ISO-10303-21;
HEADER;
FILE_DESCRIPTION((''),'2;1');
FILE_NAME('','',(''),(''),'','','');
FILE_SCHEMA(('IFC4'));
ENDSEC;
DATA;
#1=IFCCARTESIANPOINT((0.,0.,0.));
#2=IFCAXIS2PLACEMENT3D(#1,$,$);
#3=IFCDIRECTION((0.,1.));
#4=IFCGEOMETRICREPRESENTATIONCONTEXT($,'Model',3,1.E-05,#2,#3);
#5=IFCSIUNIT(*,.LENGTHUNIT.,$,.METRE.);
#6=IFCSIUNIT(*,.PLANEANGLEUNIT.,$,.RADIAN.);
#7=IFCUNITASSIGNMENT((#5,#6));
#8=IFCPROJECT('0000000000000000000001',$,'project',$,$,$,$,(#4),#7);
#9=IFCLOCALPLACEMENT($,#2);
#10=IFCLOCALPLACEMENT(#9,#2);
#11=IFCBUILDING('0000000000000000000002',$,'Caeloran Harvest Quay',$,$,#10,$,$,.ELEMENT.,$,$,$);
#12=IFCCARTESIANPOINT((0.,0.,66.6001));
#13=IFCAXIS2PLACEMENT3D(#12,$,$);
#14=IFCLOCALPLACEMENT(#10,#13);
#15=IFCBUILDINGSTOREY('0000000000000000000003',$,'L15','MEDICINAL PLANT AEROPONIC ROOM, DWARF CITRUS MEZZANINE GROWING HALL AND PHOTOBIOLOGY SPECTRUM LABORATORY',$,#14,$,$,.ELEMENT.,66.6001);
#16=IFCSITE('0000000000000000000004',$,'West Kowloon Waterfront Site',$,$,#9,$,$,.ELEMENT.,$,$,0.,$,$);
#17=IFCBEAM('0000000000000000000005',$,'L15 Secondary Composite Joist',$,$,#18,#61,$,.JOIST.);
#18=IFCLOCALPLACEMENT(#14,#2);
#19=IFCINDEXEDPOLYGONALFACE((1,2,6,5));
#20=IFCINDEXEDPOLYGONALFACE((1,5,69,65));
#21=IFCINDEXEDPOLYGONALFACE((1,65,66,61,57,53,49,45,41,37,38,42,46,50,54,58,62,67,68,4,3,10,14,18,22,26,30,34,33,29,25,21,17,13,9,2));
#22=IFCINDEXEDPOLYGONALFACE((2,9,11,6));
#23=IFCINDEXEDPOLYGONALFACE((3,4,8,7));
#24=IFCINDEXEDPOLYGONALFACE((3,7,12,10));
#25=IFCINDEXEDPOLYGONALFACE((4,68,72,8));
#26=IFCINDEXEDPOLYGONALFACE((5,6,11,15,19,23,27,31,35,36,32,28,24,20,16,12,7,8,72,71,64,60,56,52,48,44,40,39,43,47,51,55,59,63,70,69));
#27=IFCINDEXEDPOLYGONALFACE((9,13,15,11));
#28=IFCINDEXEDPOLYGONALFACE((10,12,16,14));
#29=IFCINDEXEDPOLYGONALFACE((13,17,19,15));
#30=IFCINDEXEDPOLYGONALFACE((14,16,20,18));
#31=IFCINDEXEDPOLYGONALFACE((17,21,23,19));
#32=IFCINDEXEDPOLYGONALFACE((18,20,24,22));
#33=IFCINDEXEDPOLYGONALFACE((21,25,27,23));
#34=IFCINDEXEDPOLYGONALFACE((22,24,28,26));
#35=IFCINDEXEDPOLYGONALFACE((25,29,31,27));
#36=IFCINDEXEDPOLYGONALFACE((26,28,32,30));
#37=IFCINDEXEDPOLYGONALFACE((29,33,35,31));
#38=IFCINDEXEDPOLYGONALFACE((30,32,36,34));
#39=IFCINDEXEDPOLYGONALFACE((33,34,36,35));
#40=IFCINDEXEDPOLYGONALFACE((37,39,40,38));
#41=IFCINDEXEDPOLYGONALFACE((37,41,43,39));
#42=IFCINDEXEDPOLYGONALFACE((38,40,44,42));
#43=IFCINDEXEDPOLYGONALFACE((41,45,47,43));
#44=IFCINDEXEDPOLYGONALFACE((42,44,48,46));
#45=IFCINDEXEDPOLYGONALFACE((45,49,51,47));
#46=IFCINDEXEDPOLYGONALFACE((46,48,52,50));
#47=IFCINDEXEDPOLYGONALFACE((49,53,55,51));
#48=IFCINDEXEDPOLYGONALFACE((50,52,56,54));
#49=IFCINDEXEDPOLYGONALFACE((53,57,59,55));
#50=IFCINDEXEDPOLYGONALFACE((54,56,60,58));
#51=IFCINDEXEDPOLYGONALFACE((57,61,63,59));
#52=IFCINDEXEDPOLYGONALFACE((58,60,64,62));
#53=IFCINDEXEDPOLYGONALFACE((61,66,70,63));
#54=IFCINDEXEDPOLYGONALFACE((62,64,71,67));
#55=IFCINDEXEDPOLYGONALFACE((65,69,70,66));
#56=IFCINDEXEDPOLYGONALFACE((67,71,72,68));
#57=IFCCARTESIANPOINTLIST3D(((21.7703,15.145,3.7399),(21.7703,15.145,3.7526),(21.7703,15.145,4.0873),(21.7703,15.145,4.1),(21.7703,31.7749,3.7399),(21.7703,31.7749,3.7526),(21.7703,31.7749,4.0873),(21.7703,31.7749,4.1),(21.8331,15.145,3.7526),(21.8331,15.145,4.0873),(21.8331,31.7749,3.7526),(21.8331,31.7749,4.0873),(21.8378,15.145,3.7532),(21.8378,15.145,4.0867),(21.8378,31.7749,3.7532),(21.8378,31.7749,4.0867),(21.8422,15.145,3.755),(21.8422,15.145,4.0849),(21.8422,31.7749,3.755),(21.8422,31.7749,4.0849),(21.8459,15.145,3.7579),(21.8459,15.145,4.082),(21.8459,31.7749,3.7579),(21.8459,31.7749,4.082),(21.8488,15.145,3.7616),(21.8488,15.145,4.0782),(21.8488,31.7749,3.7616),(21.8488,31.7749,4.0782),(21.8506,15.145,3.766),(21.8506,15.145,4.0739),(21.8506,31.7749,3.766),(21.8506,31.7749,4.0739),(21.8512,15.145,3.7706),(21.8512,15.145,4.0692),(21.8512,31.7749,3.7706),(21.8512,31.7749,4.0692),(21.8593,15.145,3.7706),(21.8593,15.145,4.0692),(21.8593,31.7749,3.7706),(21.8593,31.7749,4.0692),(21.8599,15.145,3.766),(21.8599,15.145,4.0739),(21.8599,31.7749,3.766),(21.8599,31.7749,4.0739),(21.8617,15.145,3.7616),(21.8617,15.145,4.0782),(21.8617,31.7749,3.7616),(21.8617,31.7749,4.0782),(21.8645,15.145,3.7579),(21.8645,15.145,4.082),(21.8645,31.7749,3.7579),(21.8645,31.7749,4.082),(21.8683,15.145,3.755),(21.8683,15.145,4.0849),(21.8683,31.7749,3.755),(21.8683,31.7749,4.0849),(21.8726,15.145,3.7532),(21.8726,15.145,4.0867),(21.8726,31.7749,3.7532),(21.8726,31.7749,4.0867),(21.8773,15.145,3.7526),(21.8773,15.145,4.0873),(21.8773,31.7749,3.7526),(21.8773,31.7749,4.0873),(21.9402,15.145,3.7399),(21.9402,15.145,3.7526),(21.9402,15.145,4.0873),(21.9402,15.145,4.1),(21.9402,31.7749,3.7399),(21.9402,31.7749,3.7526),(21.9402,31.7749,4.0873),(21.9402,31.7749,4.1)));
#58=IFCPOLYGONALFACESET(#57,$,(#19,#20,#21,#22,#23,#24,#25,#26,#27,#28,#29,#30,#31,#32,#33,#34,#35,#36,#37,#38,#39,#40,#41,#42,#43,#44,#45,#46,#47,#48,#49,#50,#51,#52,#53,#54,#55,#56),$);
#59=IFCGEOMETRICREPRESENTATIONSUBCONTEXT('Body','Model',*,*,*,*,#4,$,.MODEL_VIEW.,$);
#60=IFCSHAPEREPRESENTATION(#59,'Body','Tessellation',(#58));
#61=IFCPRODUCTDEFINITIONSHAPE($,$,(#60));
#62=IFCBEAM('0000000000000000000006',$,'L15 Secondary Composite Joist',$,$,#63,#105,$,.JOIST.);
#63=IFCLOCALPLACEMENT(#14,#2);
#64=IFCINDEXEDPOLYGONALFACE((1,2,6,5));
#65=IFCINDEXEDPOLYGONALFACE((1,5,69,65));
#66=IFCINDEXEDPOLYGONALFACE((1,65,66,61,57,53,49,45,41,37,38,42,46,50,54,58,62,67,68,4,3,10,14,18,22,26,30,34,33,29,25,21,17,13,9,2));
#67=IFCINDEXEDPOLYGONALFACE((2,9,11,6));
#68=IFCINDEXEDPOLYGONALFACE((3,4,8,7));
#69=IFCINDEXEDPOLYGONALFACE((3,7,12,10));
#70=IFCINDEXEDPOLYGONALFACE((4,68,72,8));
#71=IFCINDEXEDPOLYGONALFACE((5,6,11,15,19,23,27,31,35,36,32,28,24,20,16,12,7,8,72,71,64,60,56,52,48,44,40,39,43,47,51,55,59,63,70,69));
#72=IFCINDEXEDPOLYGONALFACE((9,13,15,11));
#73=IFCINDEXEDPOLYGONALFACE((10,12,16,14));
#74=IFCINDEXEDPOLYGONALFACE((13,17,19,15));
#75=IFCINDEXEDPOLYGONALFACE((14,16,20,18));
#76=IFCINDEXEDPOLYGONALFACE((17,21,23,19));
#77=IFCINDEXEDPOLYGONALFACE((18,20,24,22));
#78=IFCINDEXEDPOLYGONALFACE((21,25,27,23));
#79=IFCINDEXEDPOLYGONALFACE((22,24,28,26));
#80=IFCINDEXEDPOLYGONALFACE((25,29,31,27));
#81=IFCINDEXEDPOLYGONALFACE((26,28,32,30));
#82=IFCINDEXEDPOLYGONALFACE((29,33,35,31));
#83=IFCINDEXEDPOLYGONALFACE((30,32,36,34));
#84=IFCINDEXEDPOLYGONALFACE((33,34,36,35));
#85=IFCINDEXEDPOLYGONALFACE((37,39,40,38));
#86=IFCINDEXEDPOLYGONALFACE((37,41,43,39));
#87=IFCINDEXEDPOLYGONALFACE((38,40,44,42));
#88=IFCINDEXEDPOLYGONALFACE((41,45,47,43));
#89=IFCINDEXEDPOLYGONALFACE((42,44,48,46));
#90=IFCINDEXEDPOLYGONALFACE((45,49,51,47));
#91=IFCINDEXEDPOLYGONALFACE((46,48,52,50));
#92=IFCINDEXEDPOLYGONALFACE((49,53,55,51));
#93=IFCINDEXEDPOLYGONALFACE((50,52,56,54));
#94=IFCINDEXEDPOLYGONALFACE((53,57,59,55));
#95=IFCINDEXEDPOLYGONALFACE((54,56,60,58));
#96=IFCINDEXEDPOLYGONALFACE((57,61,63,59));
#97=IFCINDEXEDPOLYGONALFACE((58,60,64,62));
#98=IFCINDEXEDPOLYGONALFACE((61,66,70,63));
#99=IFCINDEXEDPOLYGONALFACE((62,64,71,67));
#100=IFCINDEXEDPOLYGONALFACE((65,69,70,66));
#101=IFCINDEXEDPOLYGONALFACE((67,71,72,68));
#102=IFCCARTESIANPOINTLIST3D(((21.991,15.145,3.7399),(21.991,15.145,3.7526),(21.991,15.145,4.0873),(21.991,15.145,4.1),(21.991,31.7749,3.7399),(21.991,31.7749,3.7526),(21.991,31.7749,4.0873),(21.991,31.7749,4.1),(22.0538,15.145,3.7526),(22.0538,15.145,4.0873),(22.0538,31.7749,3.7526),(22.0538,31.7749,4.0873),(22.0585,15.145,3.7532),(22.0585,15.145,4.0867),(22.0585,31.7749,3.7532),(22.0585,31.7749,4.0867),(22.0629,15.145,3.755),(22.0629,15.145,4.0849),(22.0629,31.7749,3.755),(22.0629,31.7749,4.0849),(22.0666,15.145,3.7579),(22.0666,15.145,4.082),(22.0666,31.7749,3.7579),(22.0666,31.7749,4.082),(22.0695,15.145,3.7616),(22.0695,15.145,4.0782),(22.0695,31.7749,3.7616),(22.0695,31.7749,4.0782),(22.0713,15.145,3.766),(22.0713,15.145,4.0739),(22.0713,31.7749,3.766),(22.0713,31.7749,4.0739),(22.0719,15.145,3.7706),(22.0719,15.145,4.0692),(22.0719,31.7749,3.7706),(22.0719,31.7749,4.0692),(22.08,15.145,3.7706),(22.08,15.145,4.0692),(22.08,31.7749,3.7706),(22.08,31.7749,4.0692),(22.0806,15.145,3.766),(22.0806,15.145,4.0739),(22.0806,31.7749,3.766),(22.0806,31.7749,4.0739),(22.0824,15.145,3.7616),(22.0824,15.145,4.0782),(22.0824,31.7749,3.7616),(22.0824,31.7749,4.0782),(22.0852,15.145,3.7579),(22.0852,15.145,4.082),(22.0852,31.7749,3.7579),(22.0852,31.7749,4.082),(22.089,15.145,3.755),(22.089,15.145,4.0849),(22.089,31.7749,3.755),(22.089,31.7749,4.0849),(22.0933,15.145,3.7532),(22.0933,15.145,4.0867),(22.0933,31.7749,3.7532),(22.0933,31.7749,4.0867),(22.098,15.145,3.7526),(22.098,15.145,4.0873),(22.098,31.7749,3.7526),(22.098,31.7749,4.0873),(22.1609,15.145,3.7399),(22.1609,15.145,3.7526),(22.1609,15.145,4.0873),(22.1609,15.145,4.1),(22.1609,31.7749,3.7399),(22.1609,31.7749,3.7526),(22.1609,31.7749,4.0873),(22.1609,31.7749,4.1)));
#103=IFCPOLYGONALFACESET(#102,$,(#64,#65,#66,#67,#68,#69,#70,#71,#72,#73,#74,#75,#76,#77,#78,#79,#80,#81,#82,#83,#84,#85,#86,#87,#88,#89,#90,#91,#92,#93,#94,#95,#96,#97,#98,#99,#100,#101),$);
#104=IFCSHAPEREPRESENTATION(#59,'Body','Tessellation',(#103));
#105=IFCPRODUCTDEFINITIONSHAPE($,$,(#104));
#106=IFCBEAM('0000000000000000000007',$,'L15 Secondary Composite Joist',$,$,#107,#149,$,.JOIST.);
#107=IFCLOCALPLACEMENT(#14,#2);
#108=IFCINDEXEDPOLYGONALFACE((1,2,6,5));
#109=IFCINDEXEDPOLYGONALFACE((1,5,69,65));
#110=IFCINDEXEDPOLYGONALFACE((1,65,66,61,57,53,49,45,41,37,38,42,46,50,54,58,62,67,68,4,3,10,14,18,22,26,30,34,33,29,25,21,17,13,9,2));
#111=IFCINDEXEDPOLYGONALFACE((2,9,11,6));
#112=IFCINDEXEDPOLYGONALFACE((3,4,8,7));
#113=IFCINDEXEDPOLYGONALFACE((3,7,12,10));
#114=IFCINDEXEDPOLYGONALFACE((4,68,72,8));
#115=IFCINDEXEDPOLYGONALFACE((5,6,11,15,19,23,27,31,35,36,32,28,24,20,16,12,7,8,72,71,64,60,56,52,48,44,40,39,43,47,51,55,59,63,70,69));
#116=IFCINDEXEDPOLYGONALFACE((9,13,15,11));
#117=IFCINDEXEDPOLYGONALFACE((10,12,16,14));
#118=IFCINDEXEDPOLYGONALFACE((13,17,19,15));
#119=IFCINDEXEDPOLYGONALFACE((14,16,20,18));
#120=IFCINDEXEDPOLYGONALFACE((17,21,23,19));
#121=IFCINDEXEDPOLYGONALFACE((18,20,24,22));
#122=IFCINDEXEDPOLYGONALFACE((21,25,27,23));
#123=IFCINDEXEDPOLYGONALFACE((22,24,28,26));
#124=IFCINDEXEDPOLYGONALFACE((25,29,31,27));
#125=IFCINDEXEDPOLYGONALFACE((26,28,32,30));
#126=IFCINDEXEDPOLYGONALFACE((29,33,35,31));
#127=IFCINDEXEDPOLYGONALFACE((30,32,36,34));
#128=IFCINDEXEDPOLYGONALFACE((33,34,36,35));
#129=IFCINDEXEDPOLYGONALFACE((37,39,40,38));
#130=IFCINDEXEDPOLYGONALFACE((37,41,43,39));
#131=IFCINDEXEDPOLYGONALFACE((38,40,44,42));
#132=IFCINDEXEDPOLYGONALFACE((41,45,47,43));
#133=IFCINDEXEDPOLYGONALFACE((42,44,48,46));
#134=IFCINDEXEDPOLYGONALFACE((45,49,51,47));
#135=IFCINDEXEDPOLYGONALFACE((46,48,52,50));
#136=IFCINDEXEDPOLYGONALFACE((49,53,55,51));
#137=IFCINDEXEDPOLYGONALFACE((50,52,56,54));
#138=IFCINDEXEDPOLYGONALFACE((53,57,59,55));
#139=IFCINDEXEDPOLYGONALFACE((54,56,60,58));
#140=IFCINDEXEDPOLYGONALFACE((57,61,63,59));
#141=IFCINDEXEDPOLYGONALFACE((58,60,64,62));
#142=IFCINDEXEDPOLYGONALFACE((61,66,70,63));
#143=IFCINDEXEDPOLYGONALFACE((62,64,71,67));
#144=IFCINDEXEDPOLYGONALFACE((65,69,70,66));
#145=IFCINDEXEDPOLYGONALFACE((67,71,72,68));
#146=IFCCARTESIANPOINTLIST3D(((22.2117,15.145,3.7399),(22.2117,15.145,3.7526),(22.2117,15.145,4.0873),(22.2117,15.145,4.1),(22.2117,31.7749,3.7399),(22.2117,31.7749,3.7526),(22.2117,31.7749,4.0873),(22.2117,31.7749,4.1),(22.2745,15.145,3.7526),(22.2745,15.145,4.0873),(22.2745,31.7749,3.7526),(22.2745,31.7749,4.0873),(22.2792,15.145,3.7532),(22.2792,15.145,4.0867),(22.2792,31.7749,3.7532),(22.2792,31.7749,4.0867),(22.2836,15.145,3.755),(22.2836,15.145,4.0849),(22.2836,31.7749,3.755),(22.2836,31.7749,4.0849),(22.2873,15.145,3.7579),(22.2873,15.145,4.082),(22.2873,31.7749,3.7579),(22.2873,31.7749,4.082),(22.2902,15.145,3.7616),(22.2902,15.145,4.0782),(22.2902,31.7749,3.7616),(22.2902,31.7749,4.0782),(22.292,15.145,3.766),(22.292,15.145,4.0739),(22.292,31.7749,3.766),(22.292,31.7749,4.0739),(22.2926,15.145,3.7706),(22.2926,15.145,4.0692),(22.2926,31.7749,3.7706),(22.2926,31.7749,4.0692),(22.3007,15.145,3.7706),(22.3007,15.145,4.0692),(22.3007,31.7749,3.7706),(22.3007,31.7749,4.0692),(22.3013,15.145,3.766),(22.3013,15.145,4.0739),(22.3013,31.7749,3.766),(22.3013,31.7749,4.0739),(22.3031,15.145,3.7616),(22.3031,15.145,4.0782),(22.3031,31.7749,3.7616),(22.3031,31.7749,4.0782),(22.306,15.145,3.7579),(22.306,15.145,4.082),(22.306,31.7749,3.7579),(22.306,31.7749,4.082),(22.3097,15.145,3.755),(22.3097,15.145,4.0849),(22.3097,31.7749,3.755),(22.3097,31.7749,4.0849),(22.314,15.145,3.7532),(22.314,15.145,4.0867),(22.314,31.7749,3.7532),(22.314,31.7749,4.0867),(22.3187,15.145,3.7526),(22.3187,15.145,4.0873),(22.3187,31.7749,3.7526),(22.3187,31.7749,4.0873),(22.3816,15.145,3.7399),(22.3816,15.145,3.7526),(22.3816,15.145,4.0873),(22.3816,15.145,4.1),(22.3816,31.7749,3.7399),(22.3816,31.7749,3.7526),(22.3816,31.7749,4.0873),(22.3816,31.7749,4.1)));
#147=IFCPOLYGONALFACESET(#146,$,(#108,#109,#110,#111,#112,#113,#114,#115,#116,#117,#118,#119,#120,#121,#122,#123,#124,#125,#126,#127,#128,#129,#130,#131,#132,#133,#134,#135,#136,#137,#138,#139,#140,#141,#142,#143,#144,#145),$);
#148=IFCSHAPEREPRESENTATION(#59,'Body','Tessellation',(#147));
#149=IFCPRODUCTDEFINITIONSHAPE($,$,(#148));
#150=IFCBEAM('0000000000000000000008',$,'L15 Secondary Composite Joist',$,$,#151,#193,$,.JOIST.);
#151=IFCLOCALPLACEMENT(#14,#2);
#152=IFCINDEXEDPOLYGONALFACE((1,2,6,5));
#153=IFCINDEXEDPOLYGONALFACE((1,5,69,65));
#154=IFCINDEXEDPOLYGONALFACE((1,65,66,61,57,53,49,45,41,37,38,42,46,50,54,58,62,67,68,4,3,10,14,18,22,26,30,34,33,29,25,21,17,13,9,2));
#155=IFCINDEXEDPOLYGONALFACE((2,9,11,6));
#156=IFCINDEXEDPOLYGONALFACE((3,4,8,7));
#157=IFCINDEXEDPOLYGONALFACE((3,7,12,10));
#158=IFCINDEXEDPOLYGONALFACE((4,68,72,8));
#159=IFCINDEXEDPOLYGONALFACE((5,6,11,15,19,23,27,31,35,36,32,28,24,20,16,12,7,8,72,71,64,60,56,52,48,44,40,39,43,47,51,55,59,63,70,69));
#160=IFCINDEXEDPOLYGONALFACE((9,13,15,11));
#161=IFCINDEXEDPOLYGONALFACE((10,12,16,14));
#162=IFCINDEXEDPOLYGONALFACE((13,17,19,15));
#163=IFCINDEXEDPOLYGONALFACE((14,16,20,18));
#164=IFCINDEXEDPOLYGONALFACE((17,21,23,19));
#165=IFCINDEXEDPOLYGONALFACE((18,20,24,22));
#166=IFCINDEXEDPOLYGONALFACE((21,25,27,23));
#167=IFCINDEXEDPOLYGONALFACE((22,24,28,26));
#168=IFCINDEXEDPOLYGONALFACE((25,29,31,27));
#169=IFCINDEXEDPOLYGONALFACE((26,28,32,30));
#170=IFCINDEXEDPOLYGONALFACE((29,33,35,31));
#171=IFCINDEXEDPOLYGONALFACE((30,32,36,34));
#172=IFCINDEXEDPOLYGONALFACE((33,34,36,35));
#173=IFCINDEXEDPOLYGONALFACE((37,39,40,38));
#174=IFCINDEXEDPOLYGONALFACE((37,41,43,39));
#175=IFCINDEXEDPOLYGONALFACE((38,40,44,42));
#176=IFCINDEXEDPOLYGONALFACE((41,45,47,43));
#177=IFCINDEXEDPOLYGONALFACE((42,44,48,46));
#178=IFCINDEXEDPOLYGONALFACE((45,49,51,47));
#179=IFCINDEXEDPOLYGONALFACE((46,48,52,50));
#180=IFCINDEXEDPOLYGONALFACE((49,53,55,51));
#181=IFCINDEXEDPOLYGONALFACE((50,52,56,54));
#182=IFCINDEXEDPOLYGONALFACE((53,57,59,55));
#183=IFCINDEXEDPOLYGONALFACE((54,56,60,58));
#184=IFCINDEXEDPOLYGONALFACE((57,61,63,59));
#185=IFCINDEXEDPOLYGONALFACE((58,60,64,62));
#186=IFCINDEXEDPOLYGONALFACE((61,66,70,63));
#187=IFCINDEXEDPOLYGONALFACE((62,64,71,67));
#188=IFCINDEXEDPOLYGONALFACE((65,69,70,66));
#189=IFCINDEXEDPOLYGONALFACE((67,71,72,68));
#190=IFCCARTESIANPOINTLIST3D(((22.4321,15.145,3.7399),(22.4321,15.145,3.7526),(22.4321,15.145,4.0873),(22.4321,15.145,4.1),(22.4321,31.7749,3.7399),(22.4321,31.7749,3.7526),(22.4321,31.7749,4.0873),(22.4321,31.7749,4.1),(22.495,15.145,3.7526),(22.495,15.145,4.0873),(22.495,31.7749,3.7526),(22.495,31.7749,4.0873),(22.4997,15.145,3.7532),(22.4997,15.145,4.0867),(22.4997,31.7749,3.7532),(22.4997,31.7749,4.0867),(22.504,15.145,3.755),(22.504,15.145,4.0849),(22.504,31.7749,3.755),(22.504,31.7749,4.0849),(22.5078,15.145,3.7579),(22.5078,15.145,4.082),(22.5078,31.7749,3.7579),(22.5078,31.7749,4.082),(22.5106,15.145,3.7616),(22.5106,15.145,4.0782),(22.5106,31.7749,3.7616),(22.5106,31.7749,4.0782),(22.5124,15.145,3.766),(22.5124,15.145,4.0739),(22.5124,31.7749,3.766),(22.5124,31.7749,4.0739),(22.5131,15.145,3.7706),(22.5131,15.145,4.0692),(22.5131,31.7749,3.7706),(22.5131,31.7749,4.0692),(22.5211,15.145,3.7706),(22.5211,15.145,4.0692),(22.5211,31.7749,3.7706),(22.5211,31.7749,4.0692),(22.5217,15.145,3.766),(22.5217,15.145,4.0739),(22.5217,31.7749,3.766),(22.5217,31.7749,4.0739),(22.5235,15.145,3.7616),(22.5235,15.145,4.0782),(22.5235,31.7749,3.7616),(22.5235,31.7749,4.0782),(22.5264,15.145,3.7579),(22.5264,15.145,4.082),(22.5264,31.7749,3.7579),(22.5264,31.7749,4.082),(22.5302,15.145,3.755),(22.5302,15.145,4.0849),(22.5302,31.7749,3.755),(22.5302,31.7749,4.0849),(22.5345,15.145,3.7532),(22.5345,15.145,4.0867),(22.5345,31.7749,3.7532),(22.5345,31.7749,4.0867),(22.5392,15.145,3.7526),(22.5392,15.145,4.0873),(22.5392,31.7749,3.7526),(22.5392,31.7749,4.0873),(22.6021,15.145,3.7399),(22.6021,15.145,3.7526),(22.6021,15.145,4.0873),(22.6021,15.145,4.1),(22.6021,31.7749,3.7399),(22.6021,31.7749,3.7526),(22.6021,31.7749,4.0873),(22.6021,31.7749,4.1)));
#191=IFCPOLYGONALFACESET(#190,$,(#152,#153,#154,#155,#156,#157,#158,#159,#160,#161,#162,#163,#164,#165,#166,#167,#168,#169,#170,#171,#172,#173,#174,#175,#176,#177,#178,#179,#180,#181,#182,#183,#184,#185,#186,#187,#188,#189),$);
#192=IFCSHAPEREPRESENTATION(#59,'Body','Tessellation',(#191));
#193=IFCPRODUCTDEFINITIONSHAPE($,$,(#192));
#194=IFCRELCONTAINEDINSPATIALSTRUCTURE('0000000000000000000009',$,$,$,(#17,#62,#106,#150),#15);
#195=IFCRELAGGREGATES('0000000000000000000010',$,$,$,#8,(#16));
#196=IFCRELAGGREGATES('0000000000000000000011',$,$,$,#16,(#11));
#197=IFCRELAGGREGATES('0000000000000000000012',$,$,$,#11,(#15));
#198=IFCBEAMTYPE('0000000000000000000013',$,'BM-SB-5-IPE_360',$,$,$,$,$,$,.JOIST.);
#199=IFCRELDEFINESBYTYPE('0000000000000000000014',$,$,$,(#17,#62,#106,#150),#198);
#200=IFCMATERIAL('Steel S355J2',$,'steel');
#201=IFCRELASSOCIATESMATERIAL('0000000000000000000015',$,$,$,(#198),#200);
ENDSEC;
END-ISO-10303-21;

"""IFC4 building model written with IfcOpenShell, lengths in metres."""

from ifc_helpers import new_model, si_unit, direction, frame, origin, origin_2d, place, context, subcontext, project, spatial, i_section, extrude, material, material_profile, profile_set, type_object, element, save


model = new_model("IFC4")

# Units and contexts
model_context = context("Model", 3, precision=1e-05, world=origin(), true_north=direction((0.0, 1.0)))
body_context = subcontext(model_context, "Body", "Model", "MODEL_VIEW")
ifc_project = project(units=[si_unit("LENGTHUNIT", "METRE"), si_unit("PLANEANGLEUNIT", "RADIAN")], contexts=[model_context])

# Site, building, storey
site_placement = place(None, origin())
site = spatial("IfcSite", under=ifc_project, at=site_placement, Name="West Kowloon Waterfront Site", CompositionType="ELEMENT", RefElevation=0.0)
building_placement = place(site_placement, origin())
building = spatial("IfcBuilding", under=site, at=building_placement, Name="Caeloran Harvest Quay", CompositionType="ELEMENT")
storey_placement = place(building_placement, frame((0.0, 0.0, 66.6001)))
storey = spatial("IfcBuildingStorey", under=building, at=storey_placement, Name="L15", Description="MEDICINAL PLANT AEROPONIC ROOM, DWARF CITRUS MEZZANINE GROWING HALL AND PHOTOBIOLOGY SPECTRUM LABORATORY", CompositionType="ELEMENT", Elevation=66.6001)

# Beams
ifc_material_1 = material(Name="Steel S355J2", Category="steel")
ifc_material_profile_1 = material_profile(ifc_material_1, i_section(OverallWidth=0.1699, OverallDepth=0.3601, WebThickness=0.0081, FlangeThickness=0.0127, FilletRadius=0.0181, at=origin_2d()), Name="IPE 360")
ifc_profile_set_1 = profile_set([ifc_material_profile_1], Name="Steel S355J2")
beam_type_1 = type_object("IfcBeamType", Name="BM-SB-5-IPE_360", PredefinedType="JOIST", material=ifc_profile_set_1)
for number, where, z_axis, x_axis, name in (
    (1, (21.8552, 15.145, 3.9199), (0.0, 1.0, 0.0), (-1.0, 0.0, 0.0), "L15 Secondary Composite Joist"),
    (2, (22.0759, 15.145, 3.9199), (0.0, 1.0, 0.0), (-1.0, 0.0, 0.0), "L15 Secondary Composite Joist"),
    (3, (22.2966, 15.145, 3.9199), (0.0, 1.0, 0.0), (-1.0, 0.0, 0.0), "L15 Secondary Composite Joist"),
    (4, (22.5171, 15.145, 3.9199), (0.0, 1.0, 0.0), (-1.0, 0.0, 0.0), "L15 Secondary Composite Joist"),
):
    element("IfcBeam", number, at=place(storey_placement, frame(where, z_axis=z_axis, x_axis=x_axis)), inside=storey, type_object=beam_type_1, Name=name, PredefinedType="JOIST", context=body_context, shape_type="SweptSolid", body=[
        extrude(i_section(OverallWidth=0.1699, OverallDepth=0.3601, WebThickness=0.0081, FlangeThickness=0.0127, FilletRadius=0.0181, at=origin_2d()), origin(), (0.0, 0.0, 1.0), 16.6299),
    ])

save(model, "model.ifc")
